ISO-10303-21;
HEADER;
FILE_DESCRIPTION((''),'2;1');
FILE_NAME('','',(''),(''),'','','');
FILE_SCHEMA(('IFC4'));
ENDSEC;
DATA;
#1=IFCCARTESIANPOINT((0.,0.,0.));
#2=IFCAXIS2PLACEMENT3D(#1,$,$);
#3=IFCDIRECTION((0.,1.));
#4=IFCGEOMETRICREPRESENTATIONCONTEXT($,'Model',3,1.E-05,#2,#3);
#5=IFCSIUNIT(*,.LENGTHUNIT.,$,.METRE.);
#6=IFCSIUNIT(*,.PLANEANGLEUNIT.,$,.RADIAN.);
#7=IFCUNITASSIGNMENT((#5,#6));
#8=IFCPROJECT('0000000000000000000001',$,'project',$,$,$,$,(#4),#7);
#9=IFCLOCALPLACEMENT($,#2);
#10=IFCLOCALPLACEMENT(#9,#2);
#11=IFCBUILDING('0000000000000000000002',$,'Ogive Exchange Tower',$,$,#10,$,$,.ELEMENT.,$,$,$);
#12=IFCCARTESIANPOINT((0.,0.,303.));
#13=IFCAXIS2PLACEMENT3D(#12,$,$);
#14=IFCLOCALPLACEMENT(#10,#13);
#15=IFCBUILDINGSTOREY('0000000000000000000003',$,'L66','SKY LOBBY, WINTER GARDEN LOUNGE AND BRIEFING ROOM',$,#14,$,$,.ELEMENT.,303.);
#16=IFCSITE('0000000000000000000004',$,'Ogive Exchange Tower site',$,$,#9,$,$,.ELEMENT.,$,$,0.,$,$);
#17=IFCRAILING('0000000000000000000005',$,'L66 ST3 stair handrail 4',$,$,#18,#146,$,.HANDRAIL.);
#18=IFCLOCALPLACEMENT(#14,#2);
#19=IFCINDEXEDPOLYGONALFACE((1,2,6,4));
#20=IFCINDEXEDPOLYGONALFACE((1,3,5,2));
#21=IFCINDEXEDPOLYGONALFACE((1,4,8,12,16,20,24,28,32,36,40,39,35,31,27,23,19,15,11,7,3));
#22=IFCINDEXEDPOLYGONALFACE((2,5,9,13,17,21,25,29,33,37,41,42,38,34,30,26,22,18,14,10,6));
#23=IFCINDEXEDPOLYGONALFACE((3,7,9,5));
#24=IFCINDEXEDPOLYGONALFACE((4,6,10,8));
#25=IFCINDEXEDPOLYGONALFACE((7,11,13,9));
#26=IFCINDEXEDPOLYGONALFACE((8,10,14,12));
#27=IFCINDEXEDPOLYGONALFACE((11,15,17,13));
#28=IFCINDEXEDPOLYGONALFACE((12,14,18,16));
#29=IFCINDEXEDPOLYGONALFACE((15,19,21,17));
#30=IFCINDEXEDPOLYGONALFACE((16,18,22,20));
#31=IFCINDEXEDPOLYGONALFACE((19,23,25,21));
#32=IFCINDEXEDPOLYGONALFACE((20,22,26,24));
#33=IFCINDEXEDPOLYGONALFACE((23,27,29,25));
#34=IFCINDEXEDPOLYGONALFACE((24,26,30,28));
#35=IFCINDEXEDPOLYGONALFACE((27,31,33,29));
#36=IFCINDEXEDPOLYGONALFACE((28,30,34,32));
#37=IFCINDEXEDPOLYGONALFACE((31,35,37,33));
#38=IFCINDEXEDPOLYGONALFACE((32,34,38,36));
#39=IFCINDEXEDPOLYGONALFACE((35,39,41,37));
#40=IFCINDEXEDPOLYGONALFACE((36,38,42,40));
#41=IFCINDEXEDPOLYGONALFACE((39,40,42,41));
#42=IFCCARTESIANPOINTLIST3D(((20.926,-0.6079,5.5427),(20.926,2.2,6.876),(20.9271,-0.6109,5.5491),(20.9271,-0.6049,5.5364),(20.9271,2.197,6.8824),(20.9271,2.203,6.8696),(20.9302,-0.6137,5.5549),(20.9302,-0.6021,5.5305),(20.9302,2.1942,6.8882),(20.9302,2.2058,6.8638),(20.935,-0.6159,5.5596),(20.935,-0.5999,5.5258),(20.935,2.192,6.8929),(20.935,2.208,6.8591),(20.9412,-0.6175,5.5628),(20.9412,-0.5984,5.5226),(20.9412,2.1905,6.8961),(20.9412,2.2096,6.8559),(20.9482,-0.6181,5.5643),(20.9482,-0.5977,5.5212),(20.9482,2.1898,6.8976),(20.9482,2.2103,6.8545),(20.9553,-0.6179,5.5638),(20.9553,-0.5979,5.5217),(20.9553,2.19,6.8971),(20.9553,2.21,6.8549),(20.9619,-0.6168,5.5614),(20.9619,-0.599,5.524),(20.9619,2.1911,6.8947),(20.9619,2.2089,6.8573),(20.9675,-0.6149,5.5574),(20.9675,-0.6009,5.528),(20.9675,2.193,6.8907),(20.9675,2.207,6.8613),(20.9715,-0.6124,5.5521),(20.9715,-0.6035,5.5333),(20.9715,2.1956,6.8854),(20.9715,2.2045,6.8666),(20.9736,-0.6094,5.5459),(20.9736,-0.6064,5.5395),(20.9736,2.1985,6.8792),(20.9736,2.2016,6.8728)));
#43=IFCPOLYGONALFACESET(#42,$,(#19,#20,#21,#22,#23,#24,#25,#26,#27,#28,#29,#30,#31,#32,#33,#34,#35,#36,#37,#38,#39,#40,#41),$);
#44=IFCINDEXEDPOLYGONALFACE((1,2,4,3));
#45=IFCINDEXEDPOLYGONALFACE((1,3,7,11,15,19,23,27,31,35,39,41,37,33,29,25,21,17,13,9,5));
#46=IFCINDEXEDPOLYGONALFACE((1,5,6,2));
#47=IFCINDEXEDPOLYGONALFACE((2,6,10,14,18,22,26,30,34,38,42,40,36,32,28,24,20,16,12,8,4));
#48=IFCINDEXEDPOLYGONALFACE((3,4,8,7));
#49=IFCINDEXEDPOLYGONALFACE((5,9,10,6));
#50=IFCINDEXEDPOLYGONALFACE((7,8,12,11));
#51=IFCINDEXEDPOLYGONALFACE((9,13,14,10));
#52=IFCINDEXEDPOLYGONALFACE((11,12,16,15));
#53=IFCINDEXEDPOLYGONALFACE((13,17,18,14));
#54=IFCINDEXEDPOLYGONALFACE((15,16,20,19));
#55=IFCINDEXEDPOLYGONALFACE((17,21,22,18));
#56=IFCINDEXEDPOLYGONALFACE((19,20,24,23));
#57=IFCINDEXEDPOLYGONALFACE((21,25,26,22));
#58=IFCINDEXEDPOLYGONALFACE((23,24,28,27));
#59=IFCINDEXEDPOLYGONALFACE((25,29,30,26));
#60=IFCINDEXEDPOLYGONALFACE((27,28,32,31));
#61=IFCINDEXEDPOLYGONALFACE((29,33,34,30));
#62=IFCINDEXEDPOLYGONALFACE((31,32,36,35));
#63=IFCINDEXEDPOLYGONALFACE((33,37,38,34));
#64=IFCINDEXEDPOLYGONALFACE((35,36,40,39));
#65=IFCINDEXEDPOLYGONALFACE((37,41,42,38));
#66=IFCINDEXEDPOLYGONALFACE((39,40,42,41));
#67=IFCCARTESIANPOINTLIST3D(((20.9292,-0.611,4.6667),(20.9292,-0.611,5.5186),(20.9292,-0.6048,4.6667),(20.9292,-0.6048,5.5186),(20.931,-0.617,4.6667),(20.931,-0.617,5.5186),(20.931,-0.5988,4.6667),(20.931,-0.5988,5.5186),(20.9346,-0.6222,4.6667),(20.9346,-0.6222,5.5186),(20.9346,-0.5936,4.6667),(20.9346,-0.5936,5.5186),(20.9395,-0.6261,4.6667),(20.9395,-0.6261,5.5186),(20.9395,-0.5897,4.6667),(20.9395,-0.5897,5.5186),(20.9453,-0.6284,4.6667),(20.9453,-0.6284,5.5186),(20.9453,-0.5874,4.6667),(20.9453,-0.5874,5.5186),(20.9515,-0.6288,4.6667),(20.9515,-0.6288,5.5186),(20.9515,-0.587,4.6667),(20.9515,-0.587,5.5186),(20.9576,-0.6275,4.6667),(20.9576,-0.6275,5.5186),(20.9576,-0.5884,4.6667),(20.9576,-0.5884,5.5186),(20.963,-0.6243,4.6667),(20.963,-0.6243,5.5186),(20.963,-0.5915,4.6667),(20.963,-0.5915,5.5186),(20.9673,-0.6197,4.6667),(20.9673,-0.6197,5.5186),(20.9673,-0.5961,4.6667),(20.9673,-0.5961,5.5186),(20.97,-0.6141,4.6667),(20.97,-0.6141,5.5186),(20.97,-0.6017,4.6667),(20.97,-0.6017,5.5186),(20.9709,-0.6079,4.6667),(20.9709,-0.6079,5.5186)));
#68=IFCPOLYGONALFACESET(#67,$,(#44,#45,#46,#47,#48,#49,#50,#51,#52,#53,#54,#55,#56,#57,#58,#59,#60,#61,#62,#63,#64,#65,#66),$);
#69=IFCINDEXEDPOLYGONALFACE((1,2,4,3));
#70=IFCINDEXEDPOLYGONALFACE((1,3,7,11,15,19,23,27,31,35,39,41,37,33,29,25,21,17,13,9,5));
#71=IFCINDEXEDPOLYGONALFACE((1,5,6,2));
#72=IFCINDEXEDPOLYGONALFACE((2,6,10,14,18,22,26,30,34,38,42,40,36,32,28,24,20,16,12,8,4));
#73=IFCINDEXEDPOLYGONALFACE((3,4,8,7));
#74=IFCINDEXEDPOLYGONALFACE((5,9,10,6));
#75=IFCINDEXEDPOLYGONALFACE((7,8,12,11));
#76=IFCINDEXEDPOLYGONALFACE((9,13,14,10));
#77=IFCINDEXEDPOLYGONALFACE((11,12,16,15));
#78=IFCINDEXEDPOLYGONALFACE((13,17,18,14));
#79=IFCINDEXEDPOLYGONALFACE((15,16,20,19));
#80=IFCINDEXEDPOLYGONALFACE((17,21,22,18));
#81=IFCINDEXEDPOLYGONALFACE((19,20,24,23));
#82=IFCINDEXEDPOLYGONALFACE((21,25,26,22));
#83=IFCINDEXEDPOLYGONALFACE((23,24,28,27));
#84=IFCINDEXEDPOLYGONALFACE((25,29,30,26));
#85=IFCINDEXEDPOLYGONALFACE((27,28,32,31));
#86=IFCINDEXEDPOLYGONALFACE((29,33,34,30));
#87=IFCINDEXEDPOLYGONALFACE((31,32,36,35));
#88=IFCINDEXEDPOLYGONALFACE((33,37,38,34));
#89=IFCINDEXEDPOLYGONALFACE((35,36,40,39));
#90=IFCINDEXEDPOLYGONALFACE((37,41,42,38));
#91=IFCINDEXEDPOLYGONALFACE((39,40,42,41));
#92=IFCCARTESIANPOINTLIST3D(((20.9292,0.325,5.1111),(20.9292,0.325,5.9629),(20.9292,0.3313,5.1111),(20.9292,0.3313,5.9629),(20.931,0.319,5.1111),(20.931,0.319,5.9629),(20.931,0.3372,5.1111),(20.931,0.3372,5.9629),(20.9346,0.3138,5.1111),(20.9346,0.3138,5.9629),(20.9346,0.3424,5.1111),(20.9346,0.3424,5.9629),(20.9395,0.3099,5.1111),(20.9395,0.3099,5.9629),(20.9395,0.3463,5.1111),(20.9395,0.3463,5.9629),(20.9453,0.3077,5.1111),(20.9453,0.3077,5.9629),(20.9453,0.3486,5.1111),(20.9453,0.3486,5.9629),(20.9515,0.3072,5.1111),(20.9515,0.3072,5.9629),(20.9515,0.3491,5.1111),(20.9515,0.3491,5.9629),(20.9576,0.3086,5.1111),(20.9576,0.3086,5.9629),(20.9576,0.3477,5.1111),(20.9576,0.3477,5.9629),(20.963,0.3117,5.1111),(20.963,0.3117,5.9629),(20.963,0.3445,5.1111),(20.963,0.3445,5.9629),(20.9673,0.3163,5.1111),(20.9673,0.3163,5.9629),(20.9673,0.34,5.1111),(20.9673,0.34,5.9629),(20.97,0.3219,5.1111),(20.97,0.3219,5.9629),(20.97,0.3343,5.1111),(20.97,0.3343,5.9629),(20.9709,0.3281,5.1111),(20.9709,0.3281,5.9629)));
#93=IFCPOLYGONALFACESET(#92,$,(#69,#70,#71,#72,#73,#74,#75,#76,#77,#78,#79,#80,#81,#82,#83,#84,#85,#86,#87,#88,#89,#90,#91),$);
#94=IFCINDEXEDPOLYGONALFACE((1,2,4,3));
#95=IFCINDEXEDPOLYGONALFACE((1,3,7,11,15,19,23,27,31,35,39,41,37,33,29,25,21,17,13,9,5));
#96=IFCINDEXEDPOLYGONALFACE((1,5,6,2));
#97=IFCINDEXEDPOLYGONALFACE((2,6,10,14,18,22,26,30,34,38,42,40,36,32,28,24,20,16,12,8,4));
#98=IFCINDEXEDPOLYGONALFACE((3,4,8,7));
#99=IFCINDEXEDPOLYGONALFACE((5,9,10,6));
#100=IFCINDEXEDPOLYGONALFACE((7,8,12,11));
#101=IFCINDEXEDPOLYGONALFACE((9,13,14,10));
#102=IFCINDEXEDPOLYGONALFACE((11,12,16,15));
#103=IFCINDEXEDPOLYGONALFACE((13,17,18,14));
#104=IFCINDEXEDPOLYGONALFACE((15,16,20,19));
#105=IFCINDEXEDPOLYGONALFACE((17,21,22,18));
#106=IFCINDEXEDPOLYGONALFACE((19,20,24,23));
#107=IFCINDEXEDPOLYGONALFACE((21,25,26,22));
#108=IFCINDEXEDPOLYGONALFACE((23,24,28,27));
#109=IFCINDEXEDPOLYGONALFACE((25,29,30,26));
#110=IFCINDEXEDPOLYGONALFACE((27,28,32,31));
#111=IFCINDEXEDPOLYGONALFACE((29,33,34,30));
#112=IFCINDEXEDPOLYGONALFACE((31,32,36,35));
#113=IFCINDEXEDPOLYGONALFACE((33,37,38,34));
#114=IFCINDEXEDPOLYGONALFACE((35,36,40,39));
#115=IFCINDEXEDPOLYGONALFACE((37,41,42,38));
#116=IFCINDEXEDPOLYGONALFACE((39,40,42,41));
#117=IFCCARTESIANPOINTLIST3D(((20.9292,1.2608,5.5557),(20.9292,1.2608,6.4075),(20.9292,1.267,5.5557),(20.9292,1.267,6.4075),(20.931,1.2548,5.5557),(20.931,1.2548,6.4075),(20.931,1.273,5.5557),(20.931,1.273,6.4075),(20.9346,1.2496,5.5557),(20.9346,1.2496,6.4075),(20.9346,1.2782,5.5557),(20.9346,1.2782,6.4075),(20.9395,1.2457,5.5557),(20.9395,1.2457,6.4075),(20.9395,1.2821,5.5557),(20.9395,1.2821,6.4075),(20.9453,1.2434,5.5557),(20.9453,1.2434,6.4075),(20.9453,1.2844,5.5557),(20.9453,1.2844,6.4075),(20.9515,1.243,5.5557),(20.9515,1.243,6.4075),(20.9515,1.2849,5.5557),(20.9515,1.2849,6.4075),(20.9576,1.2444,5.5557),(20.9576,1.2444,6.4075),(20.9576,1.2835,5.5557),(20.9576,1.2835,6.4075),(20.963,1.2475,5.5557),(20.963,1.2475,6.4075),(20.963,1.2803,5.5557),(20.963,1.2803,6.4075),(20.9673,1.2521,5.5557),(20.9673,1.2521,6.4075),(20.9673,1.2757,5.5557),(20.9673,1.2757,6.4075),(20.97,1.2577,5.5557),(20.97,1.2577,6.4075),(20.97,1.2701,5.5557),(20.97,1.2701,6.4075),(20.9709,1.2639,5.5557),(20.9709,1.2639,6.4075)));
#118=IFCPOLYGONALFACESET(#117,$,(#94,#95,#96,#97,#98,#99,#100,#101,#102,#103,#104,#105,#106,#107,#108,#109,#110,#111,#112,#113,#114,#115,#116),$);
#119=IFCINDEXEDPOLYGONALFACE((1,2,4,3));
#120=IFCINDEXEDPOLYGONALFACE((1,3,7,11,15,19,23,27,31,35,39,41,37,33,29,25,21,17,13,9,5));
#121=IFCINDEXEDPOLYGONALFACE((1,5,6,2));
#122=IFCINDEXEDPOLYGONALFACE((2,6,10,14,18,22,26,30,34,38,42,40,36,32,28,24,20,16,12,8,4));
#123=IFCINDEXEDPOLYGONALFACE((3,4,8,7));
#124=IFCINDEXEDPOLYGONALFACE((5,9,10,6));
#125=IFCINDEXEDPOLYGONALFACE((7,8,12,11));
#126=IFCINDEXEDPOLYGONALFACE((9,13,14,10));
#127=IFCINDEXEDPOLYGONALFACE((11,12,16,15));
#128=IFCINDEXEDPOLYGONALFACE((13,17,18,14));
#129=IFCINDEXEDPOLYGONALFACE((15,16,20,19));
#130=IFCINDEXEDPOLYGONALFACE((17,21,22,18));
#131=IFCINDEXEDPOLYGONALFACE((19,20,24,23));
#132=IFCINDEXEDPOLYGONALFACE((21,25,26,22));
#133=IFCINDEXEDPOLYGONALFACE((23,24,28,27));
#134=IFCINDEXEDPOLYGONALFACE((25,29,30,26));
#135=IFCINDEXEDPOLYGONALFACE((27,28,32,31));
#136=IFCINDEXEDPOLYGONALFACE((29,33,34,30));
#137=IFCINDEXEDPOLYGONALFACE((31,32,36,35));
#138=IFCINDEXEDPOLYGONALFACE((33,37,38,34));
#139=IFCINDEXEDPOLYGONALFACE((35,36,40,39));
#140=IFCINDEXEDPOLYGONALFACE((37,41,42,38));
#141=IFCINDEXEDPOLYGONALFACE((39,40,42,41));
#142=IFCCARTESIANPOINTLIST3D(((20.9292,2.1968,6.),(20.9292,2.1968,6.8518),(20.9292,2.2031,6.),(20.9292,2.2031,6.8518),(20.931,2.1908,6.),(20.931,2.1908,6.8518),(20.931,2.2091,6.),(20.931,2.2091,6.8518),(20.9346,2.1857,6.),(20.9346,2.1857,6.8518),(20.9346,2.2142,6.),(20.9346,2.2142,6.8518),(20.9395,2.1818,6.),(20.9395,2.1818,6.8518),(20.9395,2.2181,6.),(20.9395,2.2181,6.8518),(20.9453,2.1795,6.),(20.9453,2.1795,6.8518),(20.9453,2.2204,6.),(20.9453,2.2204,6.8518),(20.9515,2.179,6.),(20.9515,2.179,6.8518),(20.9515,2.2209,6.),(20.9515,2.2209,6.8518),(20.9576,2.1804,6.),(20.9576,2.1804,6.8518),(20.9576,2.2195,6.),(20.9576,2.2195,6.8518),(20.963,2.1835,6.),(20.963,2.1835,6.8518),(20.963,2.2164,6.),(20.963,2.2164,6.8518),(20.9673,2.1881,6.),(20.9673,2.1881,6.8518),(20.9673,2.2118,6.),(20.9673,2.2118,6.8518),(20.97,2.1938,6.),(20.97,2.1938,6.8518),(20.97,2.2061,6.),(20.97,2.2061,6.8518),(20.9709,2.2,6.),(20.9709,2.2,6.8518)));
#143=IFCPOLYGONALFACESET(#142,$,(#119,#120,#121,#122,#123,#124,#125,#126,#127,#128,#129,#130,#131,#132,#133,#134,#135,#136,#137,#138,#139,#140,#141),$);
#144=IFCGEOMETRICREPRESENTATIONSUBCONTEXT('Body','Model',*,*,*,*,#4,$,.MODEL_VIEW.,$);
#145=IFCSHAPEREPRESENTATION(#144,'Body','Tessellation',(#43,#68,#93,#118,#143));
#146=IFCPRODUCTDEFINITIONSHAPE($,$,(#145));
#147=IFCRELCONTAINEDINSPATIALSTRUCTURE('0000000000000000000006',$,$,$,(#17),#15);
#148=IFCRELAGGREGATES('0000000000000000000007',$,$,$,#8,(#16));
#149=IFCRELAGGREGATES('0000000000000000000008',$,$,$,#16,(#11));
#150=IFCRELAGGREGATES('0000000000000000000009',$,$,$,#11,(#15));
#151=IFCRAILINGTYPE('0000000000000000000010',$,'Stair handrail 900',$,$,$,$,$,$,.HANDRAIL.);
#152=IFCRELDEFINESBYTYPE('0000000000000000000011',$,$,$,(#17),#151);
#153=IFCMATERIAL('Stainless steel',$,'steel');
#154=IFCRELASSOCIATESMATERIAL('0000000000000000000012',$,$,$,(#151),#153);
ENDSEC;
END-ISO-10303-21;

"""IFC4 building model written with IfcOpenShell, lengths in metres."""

from ifc_helpers import new_model, si_unit, direction, frame, origin, origin_2d, place, context, subcontext, project, spatial, circle, extrude, material, type_object, element, save


model = new_model("IFC4")

# Units and contexts
model_context = context("Model", 3, precision=1e-05, world=origin(), true_north=direction((0.0, 1.0)))
body_context = subcontext(model_context, "Body", "Model", "MODEL_VIEW")
ifc_project = project(units=[si_unit("LENGTHUNIT", "METRE"), si_unit("PLANEANGLEUNIT", "RADIAN")], contexts=[model_context])

# Site, building, storey
site_placement = place(None, origin())
site = spatial("IfcSite", under=ifc_project, at=site_placement, Name="Ogive Exchange Tower site", CompositionType="ELEMENT", RefElevation=0.0)
building_placement = place(site_placement, origin())
building = spatial("IfcBuilding", under=site, at=building_placement, Name="Ogive Exchange Tower", CompositionType="ELEMENT")
storey_placement = place(building_placement, frame((0.0, 0.0, 303.0)))
storey = spatial("IfcBuildingStorey", under=building, at=storey_placement, Name="L66", Description="SKY LOBBY, WINTER GARDEN LOUNGE AND BRIEFING ROOM", CompositionType="ELEMENT", Elevation=303.0)

# Railing
ifc_material_1 = material(Name="Stainless steel", Category="steel")
railing_type = type_object("IfcRailingType", Name="Stair handrail 900", PredefinedType="HANDRAIL", material=ifc_material_1)
railing_1_placement = place(storey_placement, frame((20.95, -0.6079, 4.6667)))
element("IfcRailing", 1, at=railing_1_placement, inside=storey, type_object=railing_type, Name="L66 ST3 stair handrail 4", PredefinedType="HANDRAIL", context=body_context, shape_type="SweptSolid", body=[
    extrude(circle(Radius=0.0239, at=origin_2d()), frame((0.0, 0.0, 0.876), z_axis=(0.0, 0.903338, 0.42893), x_axis=(-1.0, 0.0, 0.0)), (0.0, 0.0, 1.0), 3.1084),
    extrude(circle(Radius=0.021, at=origin_2d()), origin(), (0.0, 0.0, 1.0), 0.8518),
    extrude(circle(Radius=0.021, at=origin_2d()), frame((0.0, 0.936, 0.4443)), (0.0, 0.0, 1.0), 0.8518),
    extrude(circle(Radius=0.021, at=origin_2d()), frame((0.0, 1.8718, 0.8889)), (0.0, 0.0, 1.0), 0.8518),
    extrude(circle(Radius=0.021, at=origin_2d()), frame((0.0, 2.8079, 1.3333)), (0.0, 0.0, 1.0), 0.8518),
])

save(model, "model.ifc")
